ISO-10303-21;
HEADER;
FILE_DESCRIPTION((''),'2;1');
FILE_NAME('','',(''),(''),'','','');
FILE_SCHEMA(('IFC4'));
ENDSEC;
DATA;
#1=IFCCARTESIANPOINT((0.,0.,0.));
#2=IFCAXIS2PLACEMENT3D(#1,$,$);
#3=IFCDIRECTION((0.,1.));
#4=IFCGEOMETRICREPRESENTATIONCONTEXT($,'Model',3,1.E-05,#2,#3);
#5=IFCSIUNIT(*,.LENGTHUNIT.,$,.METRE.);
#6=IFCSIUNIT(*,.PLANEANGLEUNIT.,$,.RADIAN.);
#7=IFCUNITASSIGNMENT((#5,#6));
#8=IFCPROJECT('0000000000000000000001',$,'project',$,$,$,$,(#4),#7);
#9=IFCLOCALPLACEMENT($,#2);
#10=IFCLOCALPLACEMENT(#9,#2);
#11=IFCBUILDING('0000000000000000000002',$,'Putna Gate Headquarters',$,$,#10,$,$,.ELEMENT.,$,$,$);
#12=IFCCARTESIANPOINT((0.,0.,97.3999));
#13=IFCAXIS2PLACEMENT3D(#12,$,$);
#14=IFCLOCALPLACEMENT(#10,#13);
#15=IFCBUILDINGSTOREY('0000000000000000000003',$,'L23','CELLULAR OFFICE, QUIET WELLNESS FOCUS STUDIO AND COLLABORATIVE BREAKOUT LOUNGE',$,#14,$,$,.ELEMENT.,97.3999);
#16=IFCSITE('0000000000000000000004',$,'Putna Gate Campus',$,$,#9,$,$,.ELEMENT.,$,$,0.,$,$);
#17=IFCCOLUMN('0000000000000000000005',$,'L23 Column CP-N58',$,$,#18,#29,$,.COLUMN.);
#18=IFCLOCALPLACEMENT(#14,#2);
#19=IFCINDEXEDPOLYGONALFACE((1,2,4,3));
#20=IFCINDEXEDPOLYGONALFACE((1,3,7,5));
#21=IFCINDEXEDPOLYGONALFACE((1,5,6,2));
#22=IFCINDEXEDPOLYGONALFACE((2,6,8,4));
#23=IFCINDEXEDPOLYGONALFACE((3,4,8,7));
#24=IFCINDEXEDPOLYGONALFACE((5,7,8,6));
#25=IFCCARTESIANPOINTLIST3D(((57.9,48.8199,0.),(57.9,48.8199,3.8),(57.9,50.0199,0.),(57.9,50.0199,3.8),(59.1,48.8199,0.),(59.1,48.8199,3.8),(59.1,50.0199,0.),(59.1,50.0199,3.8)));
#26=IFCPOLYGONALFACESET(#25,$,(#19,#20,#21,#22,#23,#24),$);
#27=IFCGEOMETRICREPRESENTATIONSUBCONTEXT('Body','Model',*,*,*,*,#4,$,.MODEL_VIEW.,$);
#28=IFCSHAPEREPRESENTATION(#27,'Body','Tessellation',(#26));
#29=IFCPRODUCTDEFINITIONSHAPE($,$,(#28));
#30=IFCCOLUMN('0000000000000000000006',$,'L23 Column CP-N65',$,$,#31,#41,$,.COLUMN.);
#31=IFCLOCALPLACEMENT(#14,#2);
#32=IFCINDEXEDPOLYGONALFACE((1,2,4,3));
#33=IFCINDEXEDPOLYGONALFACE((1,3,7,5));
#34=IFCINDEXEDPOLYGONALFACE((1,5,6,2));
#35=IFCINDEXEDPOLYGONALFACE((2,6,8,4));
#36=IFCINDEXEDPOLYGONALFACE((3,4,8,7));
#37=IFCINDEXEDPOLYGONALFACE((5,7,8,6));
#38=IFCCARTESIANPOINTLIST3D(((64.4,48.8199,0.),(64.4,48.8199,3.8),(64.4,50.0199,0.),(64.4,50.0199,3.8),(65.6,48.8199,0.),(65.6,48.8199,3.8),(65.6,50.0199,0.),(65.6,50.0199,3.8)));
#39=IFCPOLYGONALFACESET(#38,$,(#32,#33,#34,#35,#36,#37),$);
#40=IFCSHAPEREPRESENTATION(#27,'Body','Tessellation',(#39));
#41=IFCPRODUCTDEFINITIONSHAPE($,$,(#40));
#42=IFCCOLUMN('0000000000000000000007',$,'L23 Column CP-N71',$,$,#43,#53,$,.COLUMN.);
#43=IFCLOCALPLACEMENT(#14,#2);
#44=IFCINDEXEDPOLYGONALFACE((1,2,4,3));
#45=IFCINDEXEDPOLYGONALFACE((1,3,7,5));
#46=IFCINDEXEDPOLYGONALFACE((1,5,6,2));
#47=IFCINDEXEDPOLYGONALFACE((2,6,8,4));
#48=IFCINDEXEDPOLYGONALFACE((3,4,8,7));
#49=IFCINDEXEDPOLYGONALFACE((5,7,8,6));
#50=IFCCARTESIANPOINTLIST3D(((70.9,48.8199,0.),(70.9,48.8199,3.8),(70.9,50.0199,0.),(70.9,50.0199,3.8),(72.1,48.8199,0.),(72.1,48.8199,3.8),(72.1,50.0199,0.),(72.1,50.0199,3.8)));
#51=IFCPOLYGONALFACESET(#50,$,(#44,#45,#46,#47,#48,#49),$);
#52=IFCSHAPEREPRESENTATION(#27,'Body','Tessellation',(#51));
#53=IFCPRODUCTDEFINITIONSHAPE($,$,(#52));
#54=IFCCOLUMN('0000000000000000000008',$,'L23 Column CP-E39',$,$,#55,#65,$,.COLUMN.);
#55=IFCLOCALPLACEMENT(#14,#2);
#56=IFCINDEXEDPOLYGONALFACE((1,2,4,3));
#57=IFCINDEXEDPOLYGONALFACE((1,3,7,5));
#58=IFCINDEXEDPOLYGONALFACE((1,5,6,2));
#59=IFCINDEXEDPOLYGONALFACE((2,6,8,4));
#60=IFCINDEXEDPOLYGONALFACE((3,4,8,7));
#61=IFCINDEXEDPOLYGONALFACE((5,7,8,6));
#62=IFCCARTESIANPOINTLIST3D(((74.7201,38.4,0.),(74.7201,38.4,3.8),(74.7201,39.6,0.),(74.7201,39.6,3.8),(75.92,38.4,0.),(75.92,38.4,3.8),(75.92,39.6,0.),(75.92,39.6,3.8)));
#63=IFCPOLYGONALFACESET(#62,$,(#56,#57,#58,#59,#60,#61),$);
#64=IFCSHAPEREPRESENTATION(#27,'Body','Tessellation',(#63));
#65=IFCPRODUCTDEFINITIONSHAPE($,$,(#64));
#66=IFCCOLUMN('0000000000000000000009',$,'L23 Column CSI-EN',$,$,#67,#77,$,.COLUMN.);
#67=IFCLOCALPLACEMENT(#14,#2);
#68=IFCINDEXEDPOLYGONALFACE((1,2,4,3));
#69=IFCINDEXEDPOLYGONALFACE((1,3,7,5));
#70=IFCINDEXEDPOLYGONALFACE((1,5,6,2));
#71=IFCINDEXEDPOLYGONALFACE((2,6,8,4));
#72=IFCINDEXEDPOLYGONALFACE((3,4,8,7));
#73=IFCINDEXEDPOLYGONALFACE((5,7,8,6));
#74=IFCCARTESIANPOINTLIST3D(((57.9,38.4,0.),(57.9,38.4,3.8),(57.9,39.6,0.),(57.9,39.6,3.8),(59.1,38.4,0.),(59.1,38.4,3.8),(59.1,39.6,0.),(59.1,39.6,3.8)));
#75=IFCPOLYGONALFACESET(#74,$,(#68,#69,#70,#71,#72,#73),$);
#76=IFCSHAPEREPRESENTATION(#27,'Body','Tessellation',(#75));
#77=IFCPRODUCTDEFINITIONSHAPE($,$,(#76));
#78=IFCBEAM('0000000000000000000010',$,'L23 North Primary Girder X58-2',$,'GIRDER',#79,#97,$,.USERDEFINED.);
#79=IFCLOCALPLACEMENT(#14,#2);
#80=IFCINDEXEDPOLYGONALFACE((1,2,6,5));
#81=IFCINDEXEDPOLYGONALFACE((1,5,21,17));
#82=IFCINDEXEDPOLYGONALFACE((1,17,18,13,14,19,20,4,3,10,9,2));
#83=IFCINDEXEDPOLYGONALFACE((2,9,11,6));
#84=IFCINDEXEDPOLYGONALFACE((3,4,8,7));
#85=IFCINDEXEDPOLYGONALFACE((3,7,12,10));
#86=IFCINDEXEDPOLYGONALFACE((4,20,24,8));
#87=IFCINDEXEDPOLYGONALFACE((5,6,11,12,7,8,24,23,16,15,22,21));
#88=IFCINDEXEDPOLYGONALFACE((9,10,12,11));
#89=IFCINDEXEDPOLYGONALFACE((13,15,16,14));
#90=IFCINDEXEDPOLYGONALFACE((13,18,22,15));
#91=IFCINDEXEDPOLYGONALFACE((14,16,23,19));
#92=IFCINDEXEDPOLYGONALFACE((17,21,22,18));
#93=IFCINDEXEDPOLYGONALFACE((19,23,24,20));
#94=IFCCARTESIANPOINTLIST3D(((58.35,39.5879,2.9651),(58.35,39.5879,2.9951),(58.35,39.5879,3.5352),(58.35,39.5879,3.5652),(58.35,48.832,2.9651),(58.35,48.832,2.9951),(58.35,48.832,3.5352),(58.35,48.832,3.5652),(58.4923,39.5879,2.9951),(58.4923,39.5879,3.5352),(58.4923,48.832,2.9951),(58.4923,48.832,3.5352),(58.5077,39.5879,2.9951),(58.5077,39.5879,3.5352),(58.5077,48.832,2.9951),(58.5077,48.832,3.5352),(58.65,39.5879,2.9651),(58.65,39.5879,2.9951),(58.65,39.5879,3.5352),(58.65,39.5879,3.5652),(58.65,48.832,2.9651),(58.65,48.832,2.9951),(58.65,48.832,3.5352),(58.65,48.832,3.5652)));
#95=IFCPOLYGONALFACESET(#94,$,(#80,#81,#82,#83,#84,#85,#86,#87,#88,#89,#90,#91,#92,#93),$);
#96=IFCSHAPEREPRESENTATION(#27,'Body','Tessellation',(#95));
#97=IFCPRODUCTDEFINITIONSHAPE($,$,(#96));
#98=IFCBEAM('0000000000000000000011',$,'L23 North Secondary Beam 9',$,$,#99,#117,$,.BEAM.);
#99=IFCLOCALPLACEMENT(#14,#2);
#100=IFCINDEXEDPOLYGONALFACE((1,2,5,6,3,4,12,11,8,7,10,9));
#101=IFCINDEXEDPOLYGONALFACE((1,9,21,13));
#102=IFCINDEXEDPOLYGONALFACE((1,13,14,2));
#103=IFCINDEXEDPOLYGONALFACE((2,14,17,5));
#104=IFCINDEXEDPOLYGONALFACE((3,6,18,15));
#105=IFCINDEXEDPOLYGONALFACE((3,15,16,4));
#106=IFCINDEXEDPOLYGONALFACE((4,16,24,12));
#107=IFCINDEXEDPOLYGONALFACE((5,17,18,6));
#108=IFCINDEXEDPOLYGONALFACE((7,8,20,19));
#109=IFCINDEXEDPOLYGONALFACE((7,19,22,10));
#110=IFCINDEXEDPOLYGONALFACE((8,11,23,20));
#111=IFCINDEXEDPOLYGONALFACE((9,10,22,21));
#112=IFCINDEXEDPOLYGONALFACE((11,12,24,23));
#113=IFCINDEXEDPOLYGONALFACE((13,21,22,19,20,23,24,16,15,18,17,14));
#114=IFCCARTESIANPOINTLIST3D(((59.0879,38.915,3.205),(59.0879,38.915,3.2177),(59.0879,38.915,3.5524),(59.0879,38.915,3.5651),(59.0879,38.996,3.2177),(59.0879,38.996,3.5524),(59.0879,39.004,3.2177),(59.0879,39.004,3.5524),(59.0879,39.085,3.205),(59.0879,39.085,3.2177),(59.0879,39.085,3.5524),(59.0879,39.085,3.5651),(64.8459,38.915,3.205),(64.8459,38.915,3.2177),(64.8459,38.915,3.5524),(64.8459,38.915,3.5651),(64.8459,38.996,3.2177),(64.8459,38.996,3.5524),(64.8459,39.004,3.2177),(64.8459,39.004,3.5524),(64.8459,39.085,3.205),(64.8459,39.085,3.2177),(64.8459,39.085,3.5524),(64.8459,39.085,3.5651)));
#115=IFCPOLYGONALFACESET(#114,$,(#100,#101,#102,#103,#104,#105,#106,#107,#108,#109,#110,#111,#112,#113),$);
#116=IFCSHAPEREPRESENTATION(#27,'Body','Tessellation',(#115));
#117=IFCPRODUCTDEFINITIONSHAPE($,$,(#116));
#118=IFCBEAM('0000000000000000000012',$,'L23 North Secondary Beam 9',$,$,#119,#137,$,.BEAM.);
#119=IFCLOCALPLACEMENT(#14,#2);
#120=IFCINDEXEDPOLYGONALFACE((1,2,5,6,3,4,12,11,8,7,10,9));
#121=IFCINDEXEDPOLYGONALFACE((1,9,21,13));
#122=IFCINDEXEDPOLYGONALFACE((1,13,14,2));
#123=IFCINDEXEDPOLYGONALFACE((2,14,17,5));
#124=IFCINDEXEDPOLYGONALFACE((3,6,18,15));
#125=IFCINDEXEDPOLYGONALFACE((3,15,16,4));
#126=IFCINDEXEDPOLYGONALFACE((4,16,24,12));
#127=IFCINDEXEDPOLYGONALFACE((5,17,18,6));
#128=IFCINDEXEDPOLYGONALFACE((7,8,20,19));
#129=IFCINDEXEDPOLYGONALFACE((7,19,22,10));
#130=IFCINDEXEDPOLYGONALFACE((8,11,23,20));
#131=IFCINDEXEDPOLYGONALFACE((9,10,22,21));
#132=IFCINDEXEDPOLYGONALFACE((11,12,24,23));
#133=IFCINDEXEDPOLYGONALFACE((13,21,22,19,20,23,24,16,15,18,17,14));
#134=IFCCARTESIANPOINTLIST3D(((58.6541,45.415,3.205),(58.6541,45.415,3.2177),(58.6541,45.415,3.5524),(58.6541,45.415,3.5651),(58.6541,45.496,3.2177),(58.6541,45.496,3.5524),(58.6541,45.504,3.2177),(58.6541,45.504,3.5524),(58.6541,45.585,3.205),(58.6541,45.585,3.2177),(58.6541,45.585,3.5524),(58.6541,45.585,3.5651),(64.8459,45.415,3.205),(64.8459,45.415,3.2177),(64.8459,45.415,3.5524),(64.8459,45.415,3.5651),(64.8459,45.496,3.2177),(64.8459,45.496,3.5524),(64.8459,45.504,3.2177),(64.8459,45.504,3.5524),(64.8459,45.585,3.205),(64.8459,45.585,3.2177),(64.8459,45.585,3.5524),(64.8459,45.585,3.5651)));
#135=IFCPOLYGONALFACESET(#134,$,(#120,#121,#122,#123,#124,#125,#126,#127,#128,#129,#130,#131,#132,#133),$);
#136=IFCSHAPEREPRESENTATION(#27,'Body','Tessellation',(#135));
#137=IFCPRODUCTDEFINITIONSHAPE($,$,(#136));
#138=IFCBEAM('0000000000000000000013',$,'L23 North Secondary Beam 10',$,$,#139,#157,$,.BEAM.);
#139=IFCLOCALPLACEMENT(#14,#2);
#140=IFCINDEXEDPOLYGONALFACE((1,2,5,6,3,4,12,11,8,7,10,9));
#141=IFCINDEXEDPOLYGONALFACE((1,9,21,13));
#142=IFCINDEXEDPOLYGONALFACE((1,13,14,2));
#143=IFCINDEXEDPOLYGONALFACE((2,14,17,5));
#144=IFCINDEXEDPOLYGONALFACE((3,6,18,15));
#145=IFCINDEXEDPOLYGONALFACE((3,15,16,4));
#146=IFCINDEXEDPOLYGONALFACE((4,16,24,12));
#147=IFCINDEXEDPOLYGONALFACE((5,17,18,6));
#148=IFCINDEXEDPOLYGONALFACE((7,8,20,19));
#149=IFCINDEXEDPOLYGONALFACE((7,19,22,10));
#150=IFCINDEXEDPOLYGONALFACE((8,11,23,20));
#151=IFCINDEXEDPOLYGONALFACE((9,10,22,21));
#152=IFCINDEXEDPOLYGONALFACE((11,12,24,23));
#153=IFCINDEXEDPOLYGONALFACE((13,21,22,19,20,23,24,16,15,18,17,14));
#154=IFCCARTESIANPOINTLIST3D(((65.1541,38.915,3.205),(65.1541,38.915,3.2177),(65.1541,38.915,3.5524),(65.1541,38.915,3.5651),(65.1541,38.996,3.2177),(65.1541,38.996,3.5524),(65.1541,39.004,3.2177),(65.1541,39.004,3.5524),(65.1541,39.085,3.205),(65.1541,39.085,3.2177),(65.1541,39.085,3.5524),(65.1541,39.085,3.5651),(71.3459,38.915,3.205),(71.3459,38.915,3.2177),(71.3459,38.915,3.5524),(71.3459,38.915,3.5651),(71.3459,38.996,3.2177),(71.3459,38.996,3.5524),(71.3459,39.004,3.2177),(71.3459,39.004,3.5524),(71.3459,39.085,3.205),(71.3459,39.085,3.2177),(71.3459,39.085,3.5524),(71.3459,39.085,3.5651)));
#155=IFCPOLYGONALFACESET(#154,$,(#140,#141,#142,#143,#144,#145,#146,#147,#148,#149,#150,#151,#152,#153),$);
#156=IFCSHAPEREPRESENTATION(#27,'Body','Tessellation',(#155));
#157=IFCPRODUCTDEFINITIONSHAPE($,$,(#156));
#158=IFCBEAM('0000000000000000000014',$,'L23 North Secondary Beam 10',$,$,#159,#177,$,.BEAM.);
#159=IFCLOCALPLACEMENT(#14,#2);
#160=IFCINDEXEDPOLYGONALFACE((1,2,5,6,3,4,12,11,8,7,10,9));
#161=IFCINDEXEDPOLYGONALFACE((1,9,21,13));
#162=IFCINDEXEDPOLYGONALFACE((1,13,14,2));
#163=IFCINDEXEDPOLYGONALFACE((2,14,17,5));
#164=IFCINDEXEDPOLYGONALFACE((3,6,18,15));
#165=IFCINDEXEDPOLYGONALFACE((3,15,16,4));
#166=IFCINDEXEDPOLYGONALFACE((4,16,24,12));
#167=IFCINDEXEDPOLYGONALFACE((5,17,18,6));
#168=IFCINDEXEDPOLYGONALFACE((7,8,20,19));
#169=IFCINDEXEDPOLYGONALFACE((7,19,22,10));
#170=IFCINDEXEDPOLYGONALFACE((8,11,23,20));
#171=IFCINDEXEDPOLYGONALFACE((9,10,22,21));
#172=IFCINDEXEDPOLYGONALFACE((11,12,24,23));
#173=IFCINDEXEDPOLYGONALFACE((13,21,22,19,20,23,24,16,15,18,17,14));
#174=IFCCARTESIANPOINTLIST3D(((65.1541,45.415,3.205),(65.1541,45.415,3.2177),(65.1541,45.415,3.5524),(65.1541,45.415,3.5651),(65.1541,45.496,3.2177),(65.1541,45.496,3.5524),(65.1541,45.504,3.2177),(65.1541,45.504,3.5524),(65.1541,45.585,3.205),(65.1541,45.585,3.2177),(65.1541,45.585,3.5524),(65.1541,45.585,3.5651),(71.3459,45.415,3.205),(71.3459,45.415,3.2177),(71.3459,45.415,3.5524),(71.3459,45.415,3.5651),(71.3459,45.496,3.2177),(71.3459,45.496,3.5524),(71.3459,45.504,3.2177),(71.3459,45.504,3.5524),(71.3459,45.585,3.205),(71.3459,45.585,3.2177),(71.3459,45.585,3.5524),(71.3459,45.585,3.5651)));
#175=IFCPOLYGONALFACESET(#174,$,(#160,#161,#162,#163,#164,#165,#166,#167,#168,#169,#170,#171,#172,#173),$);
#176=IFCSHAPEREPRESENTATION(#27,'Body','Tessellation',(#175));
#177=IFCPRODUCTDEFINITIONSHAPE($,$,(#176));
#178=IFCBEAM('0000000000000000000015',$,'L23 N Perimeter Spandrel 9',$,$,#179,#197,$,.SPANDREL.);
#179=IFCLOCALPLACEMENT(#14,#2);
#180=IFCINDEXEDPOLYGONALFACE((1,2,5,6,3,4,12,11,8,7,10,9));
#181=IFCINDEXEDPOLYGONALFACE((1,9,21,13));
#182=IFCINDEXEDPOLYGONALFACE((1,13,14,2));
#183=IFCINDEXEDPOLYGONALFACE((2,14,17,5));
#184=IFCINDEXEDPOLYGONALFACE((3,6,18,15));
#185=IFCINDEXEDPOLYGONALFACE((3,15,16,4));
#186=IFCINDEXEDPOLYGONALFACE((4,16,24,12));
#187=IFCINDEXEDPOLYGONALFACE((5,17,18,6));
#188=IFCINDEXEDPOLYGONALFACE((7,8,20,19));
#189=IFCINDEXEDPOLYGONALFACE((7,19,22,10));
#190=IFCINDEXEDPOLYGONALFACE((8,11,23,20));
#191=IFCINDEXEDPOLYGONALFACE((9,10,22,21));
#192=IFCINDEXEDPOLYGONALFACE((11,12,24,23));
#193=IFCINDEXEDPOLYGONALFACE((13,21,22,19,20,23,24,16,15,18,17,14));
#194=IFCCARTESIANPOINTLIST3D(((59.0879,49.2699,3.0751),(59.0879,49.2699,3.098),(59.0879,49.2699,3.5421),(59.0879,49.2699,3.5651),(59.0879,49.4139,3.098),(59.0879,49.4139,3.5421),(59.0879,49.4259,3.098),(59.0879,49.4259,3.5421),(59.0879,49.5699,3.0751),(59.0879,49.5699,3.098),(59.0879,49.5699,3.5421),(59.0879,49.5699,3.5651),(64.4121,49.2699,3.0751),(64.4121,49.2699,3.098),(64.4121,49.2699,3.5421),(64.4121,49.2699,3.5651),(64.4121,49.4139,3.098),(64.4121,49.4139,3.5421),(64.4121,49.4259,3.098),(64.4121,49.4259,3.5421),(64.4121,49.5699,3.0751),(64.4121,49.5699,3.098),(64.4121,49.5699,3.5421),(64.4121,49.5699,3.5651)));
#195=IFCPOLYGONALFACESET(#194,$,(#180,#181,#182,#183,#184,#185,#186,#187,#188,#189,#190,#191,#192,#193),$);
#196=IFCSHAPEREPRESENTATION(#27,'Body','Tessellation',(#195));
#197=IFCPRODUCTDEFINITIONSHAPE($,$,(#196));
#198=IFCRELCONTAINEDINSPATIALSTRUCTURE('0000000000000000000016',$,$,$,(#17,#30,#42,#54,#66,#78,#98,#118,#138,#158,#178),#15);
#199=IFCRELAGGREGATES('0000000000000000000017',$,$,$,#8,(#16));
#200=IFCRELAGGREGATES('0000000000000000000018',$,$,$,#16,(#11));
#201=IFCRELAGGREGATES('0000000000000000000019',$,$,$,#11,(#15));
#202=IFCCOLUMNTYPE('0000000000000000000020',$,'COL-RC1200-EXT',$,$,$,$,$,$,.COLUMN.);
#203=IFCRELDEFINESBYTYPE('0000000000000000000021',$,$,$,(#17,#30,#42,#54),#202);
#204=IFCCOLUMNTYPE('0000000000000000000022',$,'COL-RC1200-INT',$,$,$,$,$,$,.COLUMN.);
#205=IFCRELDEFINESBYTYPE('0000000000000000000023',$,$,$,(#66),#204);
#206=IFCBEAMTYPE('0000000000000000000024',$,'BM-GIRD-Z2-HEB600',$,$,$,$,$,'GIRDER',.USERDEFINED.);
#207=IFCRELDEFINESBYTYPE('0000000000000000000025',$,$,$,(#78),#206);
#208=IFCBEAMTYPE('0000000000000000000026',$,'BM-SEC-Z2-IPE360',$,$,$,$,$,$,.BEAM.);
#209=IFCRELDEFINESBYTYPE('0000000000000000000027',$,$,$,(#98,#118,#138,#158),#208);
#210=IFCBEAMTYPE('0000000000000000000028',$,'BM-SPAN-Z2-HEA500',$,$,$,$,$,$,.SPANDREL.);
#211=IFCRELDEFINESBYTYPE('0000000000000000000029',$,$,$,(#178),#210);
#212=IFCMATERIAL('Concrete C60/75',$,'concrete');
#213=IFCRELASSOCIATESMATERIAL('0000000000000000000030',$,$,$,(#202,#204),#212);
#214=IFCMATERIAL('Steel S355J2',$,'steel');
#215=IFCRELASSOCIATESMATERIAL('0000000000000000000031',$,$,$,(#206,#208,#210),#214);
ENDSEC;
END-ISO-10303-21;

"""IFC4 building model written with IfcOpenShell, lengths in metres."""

from ifc_helpers import new_model, si_unit, direction, frame, origin, origin_2d, place, context, subcontext, project, spatial, rectangle, i_section, extrude, material, material_profile, profile_set, type_object, element, save


model = new_model("IFC4")

# Units and contexts
model_context = context("Model", 3, precision=1e-05, world=origin(), true_north=direction((0.0, 1.0)))
body_context = subcontext(model_context, "Body", "Model", "MODEL_VIEW")
ifc_project = project(units=[si_unit("LENGTHUNIT", "METRE"), si_unit("PLANEANGLEUNIT", "RADIAN")], contexts=[model_context])

# Site, building, storey
site_placement = place(None, origin())
site = spatial("IfcSite", under=ifc_project, at=site_placement, Name="Putna Gate Campus", CompositionType="ELEMENT", RefElevation=0.0)
building_placement = place(site_placement, origin())
building = spatial("IfcBuilding", under=site, at=building_placement, Name="Putna Gate Headquarters", CompositionType="ELEMENT")
storey_placement = place(building_placement, frame((0.0, 0.0, 97.3999)))
storey = spatial("IfcBuildingStorey", under=building, at=storey_placement, Name="L23", Description="CELLULAR OFFICE, QUIET WELLNESS FOCUS STUDIO AND COLLABORATIVE BREAKOUT LOUNGE", CompositionType="ELEMENT", Elevation=97.3999)

# Columns
ifc_material_1 = material(Name="Concrete C60/75", Category="concrete")
ifc_material_profile_1 = material_profile(ifc_material_1, rectangle(XDim=1.2, YDim=1.2, at=origin_2d()), Name="Concrete C60/75")
ifc_profile_set_1 = profile_set([ifc_material_profile_1], Name="Concrete C60/75")
column_type_1 = type_object("IfcColumnType", Name="COL-RC1200-EXT", PredefinedType="COLUMN", material=ifc_profile_set_1)
for number, where, z_axis, x_axis, name in (
    (1, (58.5, 49.4199, 0.0), (0.0, 0.0, 1.0), (1.0, 0.0, 0.0), "L23 Column CP-N58"),
    (2, (65.0, 49.4199, 0.0), (0.0, 0.0, 1.0), (1.0, 0.0, 0.0), "L23 Column CP-N65"),
    (3, (71.5, 49.4199, 0.0), (0.0, 0.0, 1.0), (1.0, 0.0, 0.0), "L23 Column CP-N71"),
    (4, (75.3201, 39.0, 0.0), (0.0, 0.0, 1.0), (1.0, 0.0, 0.0), "L23 Column CP-E39"),
):
    element("IfcColumn", number, at=place(storey_placement, frame(where, z_axis=z_axis, x_axis=x_axis)), inside=storey, type_object=column_type_1, Name=name, PredefinedType="COLUMN", context=body_context, shape_type="SweptSolid", body=[
        extrude(rectangle(XDim=1.2, YDim=1.2, at=origin_2d()), origin(), (0.0, 0.0, 1.0), 3.8),
    ])
ifc_material_profile_2 = material_profile(ifc_material_1, rectangle(XDim=1.2, YDim=1.2, at=origin_2d()), Name="Concrete C60/75")
ifc_profile_set_2 = profile_set([ifc_material_profile_2], Name="Concrete C60/75")
column_type_2 = type_object("IfcColumnType", Name="COL-RC1200-INT", PredefinedType="COLUMN", material=ifc_profile_set_2)
column_placement = place(storey_placement, frame((58.5, 39.0, 0.0), z_axis=(0.0, 0.0, 1.0), x_axis=(1.0, 0.0, 0.0)))
element("IfcColumn", 5, at=column_placement, inside=storey, type_object=column_type_2, Name="L23 Column CSI-EN", PredefinedType="COLUMN", context=body_context, shape_type="SweptSolid", body=[
    extrude(rectangle(XDim=1.2, YDim=1.2, at=origin_2d()), origin(), (0.0, 0.0, 1.0), 3.8),
])

# Beams
ifc_material_2 = material(Name="Steel S355J2", Category="steel")
ifc_material_profile_3 = material_profile(ifc_material_2, i_section(OverallWidth=0.3, OverallDepth=0.6001, WebThickness=0.0154, FlangeThickness=0.03, at=origin_2d()), Name="Steel S355J2")
ifc_profile_set_3 = profile_set([ifc_material_profile_3], Name="Steel S355J2")
beam_type_1 = type_object("IfcBeamType", Name="BM-GIRD-Z2-HEB600", ElementType="GIRDER", PredefinedType="USERDEFINED", material=ifc_profile_set_3)
beam_1_placement = place(storey_placement, frame((58.5, 39.5879, 3.2651), z_axis=(0.0, 1.0, 0.0), x_axis=(-1.0, 0.0, 0.0)))
element("IfcBeam", 6, at=beam_1_placement, inside=storey, type_object=beam_type_1, Name="L23 North Primary Girder X58-2", ObjectType="GIRDER", PredefinedType="USERDEFINED", context=body_context, shape_type="SweptSolid", body=[
    extrude(i_section(OverallWidth=0.3, OverallDepth=0.6001, WebThickness=0.0154, FlangeThickness=0.03, at=origin_2d()), origin(), (0.0, 0.0, 1.0), 9.2441),
])
ifc_material_profile_4 = material_profile(ifc_material_2, i_section(OverallWidth=0.1699, OverallDepth=0.3601, WebThickness=0.0081, FlangeThickness=0.0127, at=origin_2d()), Name="Steel S355J2")
ifc_profile_set_4 = profile_set([ifc_material_profile_4], Name="Steel S355J2")
beam_type_2 = type_object("IfcBeamType", Name="BM-SEC-Z2-IPE360", PredefinedType="BEAM", material=ifc_profile_set_4)
beam_2_placement = place(storey_placement, frame((59.0879, 39.0, 3.385), z_axis=(1.0, 0.0, 0.0), x_axis=(0.0, 1.0, 0.0)))
element("IfcBeam", 7, at=beam_2_placement, inside=storey, type_object=beam_type_2, Name="L23 North Secondary Beam 9", PredefinedType="BEAM", context=body_context, shape_type="SweptSolid", body=[
    extrude(i_section(OverallWidth=0.1699, OverallDepth=0.3601, WebThickness=0.0081, FlangeThickness=0.0127, at=origin_2d()), origin(), (0.0, 0.0, 1.0), 5.7581),
])
for number, where, z_axis, x_axis, name in (
    (8, (58.6541, 45.5, 3.385), (1.0, 0.0, 0.0), (0.0, 1.0, 0.0), "L23 North Secondary Beam 9"),
    (9, (65.1541, 39.0, 3.385), (1.0, 0.0, 0.0), (0.0, 1.0, 0.0), "L23 North Secondary Beam 10"),
    (10, (65.1541, 45.5, 3.385), (1.0, 0.0, 0.0), (0.0, 1.0, 0.0), "L23 North Secondary Beam 10"),
):
    element("IfcBeam", number, at=place(storey_placement, frame(where, z_axis=z_axis, x_axis=x_axis)), inside=storey, type_object=beam_type_2, Name=name, PredefinedType="BEAM", context=body_context, shape_type="SweptSolid", body=[
        extrude(i_section(OverallWidth=0.1699, OverallDepth=0.3601, WebThickness=0.0081, FlangeThickness=0.0127, at=origin_2d()), origin(), (0.0, 0.0, 1.0), 6.1919),
    ])
ifc_material_profile_5 = material_profile(ifc_material_2, i_section(OverallWidth=0.3, OverallDepth=0.49, WebThickness=0.012, FlangeThickness=0.0229, at=origin_2d()), Name="Steel S355J2")
ifc_profile_set_5 = profile_set([ifc_material_profile_5], Name="Steel S355J2")
beam_type_3 = type_object("IfcBeamType", Name="BM-SPAN-Z2-HEA500", PredefinedType="SPANDREL", material=ifc_profile_set_5)
for number, where, z_axis, x_axis, name in (
    (11, (59.0879, 49.4199, 3.3201), (1.0, 0.0, 0.0), (0.0, 1.0, 0.0), "L23 N Perimeter Spandrel 9"),
):
    element("IfcBeam", number, at=place(storey_placement, frame(where, z_axis=z_axis, x_axis=x_axis)), inside=storey, type_object=beam_type_3, Name=name, PredefinedType="SPANDREL", context=body_context, shape_type="SweptSolid", body=[
        extrude(i_section(OverallWidth=0.3, OverallDepth=0.49, WebThickness=0.012, FlangeThickness=0.0229, at=origin_2d()), origin(), (0.0, 0.0, 1.0), 5.3242),
    ])

save(model, "model.ifc")
